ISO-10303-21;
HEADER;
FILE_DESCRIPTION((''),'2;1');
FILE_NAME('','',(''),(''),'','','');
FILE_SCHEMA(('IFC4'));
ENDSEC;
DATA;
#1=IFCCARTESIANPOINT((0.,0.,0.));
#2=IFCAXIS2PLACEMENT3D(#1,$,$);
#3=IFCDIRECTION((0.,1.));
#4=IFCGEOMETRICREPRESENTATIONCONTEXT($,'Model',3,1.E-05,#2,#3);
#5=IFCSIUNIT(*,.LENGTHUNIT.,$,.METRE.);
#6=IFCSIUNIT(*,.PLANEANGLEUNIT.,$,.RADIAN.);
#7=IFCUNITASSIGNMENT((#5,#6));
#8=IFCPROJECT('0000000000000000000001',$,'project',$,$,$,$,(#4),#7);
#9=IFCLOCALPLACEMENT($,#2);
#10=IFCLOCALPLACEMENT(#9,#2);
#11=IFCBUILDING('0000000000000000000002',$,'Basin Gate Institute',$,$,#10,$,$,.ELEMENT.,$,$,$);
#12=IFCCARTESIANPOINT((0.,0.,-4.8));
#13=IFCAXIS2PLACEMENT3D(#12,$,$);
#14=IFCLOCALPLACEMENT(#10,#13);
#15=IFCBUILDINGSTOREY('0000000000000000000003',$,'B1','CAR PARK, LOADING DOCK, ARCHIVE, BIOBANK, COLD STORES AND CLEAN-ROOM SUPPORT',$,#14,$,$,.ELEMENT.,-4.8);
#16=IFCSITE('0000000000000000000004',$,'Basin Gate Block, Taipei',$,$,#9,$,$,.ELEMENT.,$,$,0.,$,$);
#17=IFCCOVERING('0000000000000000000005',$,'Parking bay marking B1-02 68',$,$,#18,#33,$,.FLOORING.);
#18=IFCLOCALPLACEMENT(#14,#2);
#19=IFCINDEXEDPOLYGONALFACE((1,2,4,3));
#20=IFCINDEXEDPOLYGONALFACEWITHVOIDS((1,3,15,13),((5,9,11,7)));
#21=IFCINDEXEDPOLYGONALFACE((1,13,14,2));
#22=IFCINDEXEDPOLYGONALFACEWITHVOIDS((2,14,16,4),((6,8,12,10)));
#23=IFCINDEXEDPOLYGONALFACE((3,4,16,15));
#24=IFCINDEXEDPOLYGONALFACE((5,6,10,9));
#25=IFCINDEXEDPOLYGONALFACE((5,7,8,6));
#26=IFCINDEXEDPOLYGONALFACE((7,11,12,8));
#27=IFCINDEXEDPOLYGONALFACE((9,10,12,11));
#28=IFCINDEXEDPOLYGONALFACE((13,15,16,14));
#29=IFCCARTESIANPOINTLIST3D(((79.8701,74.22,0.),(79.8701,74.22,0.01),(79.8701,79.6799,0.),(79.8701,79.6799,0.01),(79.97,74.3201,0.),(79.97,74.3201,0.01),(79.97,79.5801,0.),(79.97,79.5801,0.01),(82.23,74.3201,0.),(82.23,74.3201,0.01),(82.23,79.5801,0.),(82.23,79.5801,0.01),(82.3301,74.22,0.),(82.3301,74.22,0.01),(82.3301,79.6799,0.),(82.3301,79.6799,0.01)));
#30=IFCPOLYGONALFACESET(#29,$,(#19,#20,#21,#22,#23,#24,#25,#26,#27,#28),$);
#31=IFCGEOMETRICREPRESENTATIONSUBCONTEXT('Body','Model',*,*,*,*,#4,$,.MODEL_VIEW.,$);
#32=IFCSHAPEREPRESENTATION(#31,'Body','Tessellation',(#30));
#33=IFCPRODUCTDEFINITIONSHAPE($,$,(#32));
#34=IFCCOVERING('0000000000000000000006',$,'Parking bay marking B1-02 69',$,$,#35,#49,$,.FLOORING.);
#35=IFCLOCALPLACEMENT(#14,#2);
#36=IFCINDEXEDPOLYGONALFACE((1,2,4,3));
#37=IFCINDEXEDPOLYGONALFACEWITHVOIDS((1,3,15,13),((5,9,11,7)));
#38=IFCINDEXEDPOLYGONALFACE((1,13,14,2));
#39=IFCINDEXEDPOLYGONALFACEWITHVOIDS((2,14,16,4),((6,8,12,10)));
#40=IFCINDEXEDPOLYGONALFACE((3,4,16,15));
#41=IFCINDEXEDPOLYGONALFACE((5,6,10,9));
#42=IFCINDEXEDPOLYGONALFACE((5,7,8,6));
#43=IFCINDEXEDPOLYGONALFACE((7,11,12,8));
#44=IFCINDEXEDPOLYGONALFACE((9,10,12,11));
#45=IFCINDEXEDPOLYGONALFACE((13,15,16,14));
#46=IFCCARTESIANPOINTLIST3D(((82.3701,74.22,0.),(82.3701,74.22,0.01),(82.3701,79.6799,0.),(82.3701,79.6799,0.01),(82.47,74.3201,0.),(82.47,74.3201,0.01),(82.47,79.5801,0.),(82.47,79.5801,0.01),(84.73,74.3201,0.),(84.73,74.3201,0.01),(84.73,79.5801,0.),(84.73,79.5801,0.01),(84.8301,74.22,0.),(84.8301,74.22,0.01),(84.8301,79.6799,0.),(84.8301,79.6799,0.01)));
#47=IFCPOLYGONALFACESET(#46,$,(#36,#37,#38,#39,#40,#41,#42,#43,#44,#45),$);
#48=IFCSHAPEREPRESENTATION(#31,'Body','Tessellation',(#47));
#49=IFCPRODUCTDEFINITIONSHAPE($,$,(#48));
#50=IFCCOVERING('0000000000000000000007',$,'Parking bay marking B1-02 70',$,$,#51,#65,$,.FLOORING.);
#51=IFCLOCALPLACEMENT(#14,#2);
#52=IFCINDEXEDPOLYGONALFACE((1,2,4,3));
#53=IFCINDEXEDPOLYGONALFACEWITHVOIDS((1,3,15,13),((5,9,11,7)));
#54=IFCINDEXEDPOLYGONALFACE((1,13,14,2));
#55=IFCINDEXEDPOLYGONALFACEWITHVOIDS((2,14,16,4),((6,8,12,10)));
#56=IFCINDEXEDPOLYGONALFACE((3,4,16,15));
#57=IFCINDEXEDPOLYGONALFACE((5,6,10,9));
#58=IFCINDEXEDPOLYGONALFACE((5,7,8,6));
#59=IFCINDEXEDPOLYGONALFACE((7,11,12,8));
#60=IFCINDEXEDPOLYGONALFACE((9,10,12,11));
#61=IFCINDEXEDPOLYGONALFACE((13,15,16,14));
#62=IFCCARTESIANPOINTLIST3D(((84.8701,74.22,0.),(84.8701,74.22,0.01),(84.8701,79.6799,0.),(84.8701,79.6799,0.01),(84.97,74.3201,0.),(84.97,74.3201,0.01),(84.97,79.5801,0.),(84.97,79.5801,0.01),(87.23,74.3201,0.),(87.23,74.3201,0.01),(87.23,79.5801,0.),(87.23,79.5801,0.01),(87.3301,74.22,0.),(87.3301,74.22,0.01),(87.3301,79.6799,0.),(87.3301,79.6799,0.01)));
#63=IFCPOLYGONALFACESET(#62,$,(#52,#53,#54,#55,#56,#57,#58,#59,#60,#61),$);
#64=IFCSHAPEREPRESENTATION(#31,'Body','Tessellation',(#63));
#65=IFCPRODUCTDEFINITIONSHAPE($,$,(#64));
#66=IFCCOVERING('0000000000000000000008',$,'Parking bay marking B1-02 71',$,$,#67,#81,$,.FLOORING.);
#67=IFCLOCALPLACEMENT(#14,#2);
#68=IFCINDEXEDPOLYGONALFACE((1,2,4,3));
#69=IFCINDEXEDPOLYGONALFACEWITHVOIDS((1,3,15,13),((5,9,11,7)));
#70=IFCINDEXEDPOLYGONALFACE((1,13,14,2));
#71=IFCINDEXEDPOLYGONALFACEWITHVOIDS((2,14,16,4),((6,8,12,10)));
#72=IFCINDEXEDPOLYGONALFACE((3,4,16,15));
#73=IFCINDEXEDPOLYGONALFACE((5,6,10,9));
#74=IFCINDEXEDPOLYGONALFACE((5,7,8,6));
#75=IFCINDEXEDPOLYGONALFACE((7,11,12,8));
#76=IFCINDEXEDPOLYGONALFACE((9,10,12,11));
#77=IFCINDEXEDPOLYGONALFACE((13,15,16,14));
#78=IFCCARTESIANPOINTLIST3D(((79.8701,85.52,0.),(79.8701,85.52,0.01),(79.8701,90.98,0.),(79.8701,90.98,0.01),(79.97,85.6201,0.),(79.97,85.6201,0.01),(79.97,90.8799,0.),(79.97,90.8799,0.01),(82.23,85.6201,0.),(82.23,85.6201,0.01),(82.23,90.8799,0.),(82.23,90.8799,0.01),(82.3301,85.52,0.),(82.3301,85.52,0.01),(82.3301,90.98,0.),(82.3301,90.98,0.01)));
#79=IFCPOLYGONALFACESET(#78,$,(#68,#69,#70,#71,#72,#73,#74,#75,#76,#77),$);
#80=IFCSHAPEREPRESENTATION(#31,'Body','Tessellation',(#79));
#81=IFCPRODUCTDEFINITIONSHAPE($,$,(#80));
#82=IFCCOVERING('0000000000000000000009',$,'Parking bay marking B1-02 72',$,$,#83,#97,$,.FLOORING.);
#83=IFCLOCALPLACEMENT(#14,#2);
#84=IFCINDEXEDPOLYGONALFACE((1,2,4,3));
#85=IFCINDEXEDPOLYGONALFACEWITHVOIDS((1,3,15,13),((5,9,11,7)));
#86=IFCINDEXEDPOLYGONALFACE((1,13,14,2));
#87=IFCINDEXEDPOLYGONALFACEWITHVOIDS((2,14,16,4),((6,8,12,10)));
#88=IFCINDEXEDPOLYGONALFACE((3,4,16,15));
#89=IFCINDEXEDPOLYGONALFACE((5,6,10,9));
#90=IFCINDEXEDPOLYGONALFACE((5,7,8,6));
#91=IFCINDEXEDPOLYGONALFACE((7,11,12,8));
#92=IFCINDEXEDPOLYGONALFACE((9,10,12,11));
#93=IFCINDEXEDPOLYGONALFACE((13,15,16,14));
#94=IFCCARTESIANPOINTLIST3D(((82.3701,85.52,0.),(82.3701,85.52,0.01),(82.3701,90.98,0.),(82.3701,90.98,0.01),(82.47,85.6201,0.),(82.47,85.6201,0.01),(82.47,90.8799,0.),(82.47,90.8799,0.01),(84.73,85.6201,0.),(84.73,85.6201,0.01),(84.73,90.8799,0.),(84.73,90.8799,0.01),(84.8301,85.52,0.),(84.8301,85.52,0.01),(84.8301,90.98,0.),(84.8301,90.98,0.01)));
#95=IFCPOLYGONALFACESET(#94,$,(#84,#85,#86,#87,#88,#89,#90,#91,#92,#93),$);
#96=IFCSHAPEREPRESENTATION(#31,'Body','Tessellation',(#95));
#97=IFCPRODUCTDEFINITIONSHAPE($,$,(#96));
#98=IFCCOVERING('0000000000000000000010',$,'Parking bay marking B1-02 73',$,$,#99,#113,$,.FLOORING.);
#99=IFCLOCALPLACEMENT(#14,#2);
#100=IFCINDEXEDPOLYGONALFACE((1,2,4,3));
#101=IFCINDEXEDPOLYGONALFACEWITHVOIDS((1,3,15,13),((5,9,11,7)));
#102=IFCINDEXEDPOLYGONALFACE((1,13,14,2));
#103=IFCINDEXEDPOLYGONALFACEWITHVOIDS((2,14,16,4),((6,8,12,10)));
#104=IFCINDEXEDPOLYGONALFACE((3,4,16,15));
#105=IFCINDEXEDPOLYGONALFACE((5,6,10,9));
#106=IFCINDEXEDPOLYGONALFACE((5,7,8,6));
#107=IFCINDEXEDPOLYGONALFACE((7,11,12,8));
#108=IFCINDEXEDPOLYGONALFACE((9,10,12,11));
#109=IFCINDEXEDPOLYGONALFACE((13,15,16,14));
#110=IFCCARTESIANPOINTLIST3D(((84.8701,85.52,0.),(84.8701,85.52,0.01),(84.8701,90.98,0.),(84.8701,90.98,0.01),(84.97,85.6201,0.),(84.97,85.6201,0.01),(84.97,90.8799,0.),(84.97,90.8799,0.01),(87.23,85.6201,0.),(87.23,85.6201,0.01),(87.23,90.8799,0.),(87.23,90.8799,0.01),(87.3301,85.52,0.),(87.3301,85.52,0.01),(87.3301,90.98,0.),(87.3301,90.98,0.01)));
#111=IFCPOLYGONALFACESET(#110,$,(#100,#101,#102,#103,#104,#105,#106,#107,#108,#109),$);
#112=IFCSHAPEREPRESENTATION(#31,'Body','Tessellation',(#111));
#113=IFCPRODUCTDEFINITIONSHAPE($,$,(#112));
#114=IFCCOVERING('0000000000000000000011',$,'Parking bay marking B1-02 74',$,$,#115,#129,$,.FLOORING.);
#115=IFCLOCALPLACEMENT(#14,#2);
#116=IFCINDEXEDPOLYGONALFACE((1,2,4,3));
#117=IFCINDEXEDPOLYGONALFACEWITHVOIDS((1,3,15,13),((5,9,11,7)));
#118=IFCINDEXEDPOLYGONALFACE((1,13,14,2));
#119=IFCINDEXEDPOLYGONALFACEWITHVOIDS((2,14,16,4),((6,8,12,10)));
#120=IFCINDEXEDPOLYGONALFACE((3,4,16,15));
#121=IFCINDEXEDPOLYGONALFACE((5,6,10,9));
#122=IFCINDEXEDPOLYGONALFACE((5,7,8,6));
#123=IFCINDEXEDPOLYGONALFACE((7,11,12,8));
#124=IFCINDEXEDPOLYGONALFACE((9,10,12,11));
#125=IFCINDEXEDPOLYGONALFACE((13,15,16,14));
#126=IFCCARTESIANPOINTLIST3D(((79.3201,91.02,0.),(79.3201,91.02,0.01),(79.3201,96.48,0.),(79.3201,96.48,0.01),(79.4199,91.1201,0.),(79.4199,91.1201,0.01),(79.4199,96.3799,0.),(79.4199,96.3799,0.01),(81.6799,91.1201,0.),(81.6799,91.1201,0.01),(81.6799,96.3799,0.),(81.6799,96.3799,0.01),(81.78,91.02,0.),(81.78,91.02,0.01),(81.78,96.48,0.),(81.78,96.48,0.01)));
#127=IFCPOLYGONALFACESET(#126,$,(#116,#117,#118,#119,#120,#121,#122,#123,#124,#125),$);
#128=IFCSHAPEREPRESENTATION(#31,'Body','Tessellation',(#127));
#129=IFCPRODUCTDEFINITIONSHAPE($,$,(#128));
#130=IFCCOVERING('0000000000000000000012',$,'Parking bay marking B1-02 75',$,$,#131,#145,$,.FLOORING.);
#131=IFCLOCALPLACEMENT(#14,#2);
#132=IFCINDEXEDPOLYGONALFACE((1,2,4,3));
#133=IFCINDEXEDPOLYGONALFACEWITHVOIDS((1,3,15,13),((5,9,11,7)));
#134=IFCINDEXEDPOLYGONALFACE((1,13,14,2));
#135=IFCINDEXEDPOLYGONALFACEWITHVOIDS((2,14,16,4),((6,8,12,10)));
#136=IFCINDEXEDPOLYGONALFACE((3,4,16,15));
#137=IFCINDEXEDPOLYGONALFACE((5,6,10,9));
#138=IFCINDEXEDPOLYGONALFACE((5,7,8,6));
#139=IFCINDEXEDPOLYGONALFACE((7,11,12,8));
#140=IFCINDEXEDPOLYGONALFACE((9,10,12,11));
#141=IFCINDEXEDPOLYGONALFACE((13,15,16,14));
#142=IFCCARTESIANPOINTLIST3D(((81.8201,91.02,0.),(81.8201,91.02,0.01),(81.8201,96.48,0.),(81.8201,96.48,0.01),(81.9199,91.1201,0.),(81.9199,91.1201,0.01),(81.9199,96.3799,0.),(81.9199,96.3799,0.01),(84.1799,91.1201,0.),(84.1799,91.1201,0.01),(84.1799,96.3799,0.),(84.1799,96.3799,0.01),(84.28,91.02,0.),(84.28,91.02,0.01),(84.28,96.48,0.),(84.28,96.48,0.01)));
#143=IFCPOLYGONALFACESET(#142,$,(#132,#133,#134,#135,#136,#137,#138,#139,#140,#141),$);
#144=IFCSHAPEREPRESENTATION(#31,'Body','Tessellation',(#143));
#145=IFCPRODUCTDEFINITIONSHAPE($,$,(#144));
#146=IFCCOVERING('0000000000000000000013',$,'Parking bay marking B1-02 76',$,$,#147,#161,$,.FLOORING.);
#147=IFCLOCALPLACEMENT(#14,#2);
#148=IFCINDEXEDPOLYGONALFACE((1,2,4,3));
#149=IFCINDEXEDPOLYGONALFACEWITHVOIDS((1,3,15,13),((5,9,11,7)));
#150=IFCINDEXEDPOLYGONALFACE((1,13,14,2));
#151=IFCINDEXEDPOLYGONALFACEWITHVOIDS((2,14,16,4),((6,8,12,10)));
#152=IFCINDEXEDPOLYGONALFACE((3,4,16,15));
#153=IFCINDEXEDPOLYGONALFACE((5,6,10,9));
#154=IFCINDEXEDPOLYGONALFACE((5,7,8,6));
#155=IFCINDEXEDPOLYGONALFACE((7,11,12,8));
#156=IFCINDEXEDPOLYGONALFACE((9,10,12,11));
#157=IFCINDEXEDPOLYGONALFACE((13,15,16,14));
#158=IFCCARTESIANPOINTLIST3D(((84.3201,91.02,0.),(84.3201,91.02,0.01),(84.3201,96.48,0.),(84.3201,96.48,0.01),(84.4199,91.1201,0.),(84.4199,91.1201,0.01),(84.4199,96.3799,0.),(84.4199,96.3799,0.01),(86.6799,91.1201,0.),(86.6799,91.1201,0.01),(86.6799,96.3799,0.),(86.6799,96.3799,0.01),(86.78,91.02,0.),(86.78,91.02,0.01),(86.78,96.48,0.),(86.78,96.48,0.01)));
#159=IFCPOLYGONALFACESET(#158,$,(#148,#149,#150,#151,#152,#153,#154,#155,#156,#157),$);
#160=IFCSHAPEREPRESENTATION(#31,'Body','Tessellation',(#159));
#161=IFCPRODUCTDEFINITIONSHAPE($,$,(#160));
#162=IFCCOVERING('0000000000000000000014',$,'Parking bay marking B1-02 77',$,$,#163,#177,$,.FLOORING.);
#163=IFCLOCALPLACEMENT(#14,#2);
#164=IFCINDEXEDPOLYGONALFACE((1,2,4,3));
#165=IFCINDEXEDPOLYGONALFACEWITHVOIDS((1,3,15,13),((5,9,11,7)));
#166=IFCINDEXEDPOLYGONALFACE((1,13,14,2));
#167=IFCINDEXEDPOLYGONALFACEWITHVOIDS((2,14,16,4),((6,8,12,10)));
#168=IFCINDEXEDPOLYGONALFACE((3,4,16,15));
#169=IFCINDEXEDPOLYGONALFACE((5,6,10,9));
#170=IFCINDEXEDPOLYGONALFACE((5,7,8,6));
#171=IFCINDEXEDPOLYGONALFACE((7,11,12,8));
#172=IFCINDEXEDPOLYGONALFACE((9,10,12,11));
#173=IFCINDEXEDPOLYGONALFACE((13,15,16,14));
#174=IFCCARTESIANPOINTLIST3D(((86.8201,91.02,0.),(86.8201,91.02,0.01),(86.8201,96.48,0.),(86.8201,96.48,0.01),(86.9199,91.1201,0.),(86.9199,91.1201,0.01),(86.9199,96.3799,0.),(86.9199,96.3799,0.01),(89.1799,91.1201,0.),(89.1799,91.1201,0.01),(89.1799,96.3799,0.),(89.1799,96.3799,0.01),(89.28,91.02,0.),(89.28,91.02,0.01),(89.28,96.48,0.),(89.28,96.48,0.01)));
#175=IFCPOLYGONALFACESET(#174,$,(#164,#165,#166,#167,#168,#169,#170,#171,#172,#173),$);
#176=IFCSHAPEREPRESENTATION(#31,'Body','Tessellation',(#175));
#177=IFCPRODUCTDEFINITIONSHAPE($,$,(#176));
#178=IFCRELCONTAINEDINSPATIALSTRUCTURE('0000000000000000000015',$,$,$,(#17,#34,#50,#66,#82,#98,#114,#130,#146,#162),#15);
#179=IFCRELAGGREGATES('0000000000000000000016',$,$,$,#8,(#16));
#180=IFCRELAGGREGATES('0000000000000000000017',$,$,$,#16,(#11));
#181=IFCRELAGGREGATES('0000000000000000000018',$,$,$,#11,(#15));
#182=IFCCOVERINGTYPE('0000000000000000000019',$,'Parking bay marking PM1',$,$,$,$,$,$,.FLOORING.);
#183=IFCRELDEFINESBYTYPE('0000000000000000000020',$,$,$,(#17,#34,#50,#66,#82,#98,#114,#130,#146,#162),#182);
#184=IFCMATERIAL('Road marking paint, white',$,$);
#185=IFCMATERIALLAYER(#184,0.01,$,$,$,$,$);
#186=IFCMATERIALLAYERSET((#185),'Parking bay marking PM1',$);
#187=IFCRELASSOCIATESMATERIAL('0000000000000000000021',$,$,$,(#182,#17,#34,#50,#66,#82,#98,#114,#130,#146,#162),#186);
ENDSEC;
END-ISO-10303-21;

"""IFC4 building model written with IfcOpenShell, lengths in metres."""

from ifc_helpers import new_model, si_unit, direction, frame, origin, place, context, subcontext, project, spatial, polyline, outline, extrude, material, layer, layer_set, type_object, element, save


model = new_model("IFC4")

# Units and contexts
model_context = context("Model", 3, precision=1e-05, world=origin(), true_north=direction((0.0, 1.0)))
body_context = subcontext(model_context, "Body", "Model", "MODEL_VIEW")
ifc_project = project(units=[si_unit("LENGTHUNIT", "METRE"), si_unit("PLANEANGLEUNIT", "RADIAN")], contexts=[model_context])

# Site, building, storey
site_placement = place(None, origin())
site = spatial("IfcSite", under=ifc_project, at=site_placement, Name="Basin Gate Block, Taipei", CompositionType="ELEMENT", RefElevation=0.0)
building_placement = place(site_placement, origin())
building = spatial("IfcBuilding", under=site, at=building_placement, Name="Basin Gate Institute", CompositionType="ELEMENT")
storey_placement = place(building_placement, frame((0.0, 0.0, -4.8)))
storey = spatial("IfcBuildingStorey", under=building, at=storey_placement, Name="B1", Description="CAR PARK, LOADING DOCK, ARCHIVE, BIOBANK, COLD STORES AND CLEAN-ROOM SUPPORT", CompositionType="ELEMENT", Elevation=-4.8)

# Coverings
ifc_material_1 = material(Name="Road marking paint, white")
ifc_layer_1 = layer(ifc_material_1, 0.01)
ifc_layer_set_1 = layer_set([ifc_layer_1], Name="Parking bay marking PM1")
covering_type = type_object("IfcCoveringType", Name="Parking bay marking PM1", PredefinedType="FLOORING", material=ifc_layer_set_1)
covering_1_placement = place(storey_placement, origin())
element("IfcCovering", 1, at=covering_1_placement, inside=storey, type_object=covering_type, material=ifc_layer_set_1, Name="Parking bay marking B1-02 68", PredefinedType="FLOORING", context=body_context, shape_type="SweptSolid", body=[
    extrude(outline(polyline([(79.8701, 74.22), (82.3301, 74.22), (82.3301, 79.6799), (79.8701, 79.6799), (79.8701, 74.22)]), holes=[polyline([(79.97, 74.3201), (82.23, 74.3201), (82.23, 79.5801), (79.97, 79.5801), (79.97, 74.3201)])]), origin(), (0.0, 0.0, 1.0), 0.01),
])
covering_2_placement = place(storey_placement, origin())
element("IfcCovering", 2, at=covering_2_placement, inside=storey, type_object=covering_type, material=ifc_layer_set_1, Name="Parking bay marking B1-02 69", PredefinedType="FLOORING", context=body_context, shape_type="SweptSolid", body=[
    extrude(outline(polyline([(82.3701, 74.22), (84.8301, 74.22), (84.8301, 79.6799), (82.3701, 79.6799), (82.3701, 74.22)]), holes=[polyline([(82.47, 74.3201), (84.73, 74.3201), (84.73, 79.5801), (82.47, 79.5801), (82.47, 74.3201)])]), origin(), (0.0, 0.0, 1.0), 0.01),
])
covering_3_placement = place(storey_placement, origin())
element("IfcCovering", 3, at=covering_3_placement, inside=storey, type_object=covering_type, material=ifc_layer_set_1, Name="Parking bay marking B1-02 70", PredefinedType="FLOORING", context=body_context, shape_type="SweptSolid", body=[
    extrude(outline(polyline([(84.8701, 74.22), (87.3301, 74.22), (87.3301, 79.6799), (84.8701, 79.6799), (84.8701, 74.22)]), holes=[polyline([(84.97, 74.3201), (87.23, 74.3201), (87.23, 79.5801), (84.97, 79.5801), (84.97, 74.3201)])]), origin(), (0.0, 0.0, 1.0), 0.01),
])
covering_4_placement = place(storey_placement, origin())
element("IfcCovering", 4, at=covering_4_placement, inside=storey, type_object=covering_type, material=ifc_layer_set_1, Name="Parking bay marking B1-02 71", PredefinedType="FLOORING", context=body_context, shape_type="SweptSolid", body=[
    extrude(outline(polyline([(79.8701, 85.52), (82.3301, 85.52), (82.3301, 90.98), (79.8701, 90.98), (79.8701, 85.52)]), holes=[polyline([(79.97, 85.6201), (82.23, 85.6201), (82.23, 90.8799), (79.97, 90.8799), (79.97, 85.6201)])]), origin(), (0.0, 0.0, 1.0), 0.01),
])
covering_5_placement = place(storey_placement, origin())
element("IfcCovering", 5, at=covering_5_placement, inside=storey, type_object=covering_type, material=ifc_layer_set_1, Name="Parking bay marking B1-02 72", PredefinedType="FLOORING", context=body_context, shape_type="SweptSolid", body=[
    extrude(outline(polyline([(82.3701, 85.52), (84.8301, 85.52), (84.8301, 90.98), (82.3701, 90.98), (82.3701, 85.52)]), holes=[polyline([(82.47, 85.6201), (84.73, 85.6201), (84.73, 90.8799), (82.47, 90.8799), (82.47, 85.6201)])]), origin(), (0.0, 0.0, 1.0), 0.01),
])
covering_6_placement = place(storey_placement, origin())
element("IfcCovering", 6, at=covering_6_placement, inside=storey, type_object=covering_type, material=ifc_layer_set_1, Name="Parking bay marking B1-02 73", PredefinedType="FLOORING", context=body_context, shape_type="SweptSolid", body=[
    extrude(outline(polyline([(84.8701, 85.52), (87.3301, 85.52), (87.3301, 90.98), (84.8701, 90.98), (84.8701, 85.52)]), holes=[polyline([(84.97, 85.6201), (87.23, 85.6201), (87.23, 90.8799), (84.97, 90.8799), (84.97, 85.6201)])]), origin(), (0.0, 0.0, 1.0), 0.01),
])
covering_7_placement = place(storey_placement, origin())
element("IfcCovering", 7, at=covering_7_placement, inside=storey, type_object=covering_type, material=ifc_layer_set_1, Name="Parking bay marking B1-02 74", PredefinedType="FLOORING", context=body_context, shape_type="SweptSolid", body=[
    extrude(outline(polyline([(79.3201, 91.02), (81.78, 91.02), (81.78, 96.48), (79.3201, 96.48), (79.3201, 91.02)]), holes=[polyline([(79.4199, 91.1201), (81.6799, 91.1201), (81.6799, 96.3799), (79.4199, 96.3799), (79.4199, 91.1201)])]), origin(), (0.0, 0.0, 1.0), 0.01),
])
covering_8_placement = place(storey_placement, origin())
element("IfcCovering", 8, at=covering_8_placement, inside=storey, type_object=covering_type, material=ifc_layer_set_1, Name="Parking bay marking B1-02 75", PredefinedType="FLOORING", context=body_context, shape_type="SweptSolid", body=[
    extrude(outline(polyline([(81.8201, 91.02), (84.28, 91.02), (84.28, 96.48), (81.8201, 96.48), (81.8201, 91.02)]), holes=[polyline([(81.9199, 91.1201), (84.1799, 91.1201), (84.1799, 96.3799), (81.9199, 96.3799), (81.9199, 91.1201)])]), origin(), (0.0, 0.0, 1.0), 0.01),
])
covering_9_placement = place(storey_placement, origin())
element("IfcCovering", 9, at=covering_9_placement, inside=storey, type_object=covering_type, material=ifc_layer_set_1, Name="Parking bay marking B1-02 76", PredefinedType="FLOORING", context=body_context, shape_type="SweptSolid", body=[
    extrude(outline(polyline([(84.3201, 91.02), (86.78, 91.02), (86.78, 96.48), (84.3201, 96.48), (84.3201, 91.02)]), holes=[polyline([(84.4199, 91.1201), (86.6799, 91.1201), (86.6799, 96.3799), (84.4199, 96.3799), (84.4199, 91.1201)])]), origin(), (0.0, 0.0, 1.0), 0.01),
])
covering_10_placement = place(storey_placement, origin())
element("IfcCovering", 10, at=covering_10_placement, inside=storey, type_object=covering_type, material=ifc_layer_set_1, Name="Parking bay marking B1-02 77", PredefinedType="FLOORING", context=body_context, shape_type="SweptSolid", body=[
    extrude(outline(polyline([(86.8201, 91.02), (89.28, 91.02), (89.28, 96.48), (86.8201, 96.48), (86.8201, 91.02)]), holes=[polyline([(86.9199, 91.1201), (89.1799, 91.1201), (89.1799, 96.3799), (86.9199, 96.3799), (86.9199, 91.1201)])]), origin(), (0.0, 0.0, 1.0), 0.01),
])

save(model, "model.ifc")
